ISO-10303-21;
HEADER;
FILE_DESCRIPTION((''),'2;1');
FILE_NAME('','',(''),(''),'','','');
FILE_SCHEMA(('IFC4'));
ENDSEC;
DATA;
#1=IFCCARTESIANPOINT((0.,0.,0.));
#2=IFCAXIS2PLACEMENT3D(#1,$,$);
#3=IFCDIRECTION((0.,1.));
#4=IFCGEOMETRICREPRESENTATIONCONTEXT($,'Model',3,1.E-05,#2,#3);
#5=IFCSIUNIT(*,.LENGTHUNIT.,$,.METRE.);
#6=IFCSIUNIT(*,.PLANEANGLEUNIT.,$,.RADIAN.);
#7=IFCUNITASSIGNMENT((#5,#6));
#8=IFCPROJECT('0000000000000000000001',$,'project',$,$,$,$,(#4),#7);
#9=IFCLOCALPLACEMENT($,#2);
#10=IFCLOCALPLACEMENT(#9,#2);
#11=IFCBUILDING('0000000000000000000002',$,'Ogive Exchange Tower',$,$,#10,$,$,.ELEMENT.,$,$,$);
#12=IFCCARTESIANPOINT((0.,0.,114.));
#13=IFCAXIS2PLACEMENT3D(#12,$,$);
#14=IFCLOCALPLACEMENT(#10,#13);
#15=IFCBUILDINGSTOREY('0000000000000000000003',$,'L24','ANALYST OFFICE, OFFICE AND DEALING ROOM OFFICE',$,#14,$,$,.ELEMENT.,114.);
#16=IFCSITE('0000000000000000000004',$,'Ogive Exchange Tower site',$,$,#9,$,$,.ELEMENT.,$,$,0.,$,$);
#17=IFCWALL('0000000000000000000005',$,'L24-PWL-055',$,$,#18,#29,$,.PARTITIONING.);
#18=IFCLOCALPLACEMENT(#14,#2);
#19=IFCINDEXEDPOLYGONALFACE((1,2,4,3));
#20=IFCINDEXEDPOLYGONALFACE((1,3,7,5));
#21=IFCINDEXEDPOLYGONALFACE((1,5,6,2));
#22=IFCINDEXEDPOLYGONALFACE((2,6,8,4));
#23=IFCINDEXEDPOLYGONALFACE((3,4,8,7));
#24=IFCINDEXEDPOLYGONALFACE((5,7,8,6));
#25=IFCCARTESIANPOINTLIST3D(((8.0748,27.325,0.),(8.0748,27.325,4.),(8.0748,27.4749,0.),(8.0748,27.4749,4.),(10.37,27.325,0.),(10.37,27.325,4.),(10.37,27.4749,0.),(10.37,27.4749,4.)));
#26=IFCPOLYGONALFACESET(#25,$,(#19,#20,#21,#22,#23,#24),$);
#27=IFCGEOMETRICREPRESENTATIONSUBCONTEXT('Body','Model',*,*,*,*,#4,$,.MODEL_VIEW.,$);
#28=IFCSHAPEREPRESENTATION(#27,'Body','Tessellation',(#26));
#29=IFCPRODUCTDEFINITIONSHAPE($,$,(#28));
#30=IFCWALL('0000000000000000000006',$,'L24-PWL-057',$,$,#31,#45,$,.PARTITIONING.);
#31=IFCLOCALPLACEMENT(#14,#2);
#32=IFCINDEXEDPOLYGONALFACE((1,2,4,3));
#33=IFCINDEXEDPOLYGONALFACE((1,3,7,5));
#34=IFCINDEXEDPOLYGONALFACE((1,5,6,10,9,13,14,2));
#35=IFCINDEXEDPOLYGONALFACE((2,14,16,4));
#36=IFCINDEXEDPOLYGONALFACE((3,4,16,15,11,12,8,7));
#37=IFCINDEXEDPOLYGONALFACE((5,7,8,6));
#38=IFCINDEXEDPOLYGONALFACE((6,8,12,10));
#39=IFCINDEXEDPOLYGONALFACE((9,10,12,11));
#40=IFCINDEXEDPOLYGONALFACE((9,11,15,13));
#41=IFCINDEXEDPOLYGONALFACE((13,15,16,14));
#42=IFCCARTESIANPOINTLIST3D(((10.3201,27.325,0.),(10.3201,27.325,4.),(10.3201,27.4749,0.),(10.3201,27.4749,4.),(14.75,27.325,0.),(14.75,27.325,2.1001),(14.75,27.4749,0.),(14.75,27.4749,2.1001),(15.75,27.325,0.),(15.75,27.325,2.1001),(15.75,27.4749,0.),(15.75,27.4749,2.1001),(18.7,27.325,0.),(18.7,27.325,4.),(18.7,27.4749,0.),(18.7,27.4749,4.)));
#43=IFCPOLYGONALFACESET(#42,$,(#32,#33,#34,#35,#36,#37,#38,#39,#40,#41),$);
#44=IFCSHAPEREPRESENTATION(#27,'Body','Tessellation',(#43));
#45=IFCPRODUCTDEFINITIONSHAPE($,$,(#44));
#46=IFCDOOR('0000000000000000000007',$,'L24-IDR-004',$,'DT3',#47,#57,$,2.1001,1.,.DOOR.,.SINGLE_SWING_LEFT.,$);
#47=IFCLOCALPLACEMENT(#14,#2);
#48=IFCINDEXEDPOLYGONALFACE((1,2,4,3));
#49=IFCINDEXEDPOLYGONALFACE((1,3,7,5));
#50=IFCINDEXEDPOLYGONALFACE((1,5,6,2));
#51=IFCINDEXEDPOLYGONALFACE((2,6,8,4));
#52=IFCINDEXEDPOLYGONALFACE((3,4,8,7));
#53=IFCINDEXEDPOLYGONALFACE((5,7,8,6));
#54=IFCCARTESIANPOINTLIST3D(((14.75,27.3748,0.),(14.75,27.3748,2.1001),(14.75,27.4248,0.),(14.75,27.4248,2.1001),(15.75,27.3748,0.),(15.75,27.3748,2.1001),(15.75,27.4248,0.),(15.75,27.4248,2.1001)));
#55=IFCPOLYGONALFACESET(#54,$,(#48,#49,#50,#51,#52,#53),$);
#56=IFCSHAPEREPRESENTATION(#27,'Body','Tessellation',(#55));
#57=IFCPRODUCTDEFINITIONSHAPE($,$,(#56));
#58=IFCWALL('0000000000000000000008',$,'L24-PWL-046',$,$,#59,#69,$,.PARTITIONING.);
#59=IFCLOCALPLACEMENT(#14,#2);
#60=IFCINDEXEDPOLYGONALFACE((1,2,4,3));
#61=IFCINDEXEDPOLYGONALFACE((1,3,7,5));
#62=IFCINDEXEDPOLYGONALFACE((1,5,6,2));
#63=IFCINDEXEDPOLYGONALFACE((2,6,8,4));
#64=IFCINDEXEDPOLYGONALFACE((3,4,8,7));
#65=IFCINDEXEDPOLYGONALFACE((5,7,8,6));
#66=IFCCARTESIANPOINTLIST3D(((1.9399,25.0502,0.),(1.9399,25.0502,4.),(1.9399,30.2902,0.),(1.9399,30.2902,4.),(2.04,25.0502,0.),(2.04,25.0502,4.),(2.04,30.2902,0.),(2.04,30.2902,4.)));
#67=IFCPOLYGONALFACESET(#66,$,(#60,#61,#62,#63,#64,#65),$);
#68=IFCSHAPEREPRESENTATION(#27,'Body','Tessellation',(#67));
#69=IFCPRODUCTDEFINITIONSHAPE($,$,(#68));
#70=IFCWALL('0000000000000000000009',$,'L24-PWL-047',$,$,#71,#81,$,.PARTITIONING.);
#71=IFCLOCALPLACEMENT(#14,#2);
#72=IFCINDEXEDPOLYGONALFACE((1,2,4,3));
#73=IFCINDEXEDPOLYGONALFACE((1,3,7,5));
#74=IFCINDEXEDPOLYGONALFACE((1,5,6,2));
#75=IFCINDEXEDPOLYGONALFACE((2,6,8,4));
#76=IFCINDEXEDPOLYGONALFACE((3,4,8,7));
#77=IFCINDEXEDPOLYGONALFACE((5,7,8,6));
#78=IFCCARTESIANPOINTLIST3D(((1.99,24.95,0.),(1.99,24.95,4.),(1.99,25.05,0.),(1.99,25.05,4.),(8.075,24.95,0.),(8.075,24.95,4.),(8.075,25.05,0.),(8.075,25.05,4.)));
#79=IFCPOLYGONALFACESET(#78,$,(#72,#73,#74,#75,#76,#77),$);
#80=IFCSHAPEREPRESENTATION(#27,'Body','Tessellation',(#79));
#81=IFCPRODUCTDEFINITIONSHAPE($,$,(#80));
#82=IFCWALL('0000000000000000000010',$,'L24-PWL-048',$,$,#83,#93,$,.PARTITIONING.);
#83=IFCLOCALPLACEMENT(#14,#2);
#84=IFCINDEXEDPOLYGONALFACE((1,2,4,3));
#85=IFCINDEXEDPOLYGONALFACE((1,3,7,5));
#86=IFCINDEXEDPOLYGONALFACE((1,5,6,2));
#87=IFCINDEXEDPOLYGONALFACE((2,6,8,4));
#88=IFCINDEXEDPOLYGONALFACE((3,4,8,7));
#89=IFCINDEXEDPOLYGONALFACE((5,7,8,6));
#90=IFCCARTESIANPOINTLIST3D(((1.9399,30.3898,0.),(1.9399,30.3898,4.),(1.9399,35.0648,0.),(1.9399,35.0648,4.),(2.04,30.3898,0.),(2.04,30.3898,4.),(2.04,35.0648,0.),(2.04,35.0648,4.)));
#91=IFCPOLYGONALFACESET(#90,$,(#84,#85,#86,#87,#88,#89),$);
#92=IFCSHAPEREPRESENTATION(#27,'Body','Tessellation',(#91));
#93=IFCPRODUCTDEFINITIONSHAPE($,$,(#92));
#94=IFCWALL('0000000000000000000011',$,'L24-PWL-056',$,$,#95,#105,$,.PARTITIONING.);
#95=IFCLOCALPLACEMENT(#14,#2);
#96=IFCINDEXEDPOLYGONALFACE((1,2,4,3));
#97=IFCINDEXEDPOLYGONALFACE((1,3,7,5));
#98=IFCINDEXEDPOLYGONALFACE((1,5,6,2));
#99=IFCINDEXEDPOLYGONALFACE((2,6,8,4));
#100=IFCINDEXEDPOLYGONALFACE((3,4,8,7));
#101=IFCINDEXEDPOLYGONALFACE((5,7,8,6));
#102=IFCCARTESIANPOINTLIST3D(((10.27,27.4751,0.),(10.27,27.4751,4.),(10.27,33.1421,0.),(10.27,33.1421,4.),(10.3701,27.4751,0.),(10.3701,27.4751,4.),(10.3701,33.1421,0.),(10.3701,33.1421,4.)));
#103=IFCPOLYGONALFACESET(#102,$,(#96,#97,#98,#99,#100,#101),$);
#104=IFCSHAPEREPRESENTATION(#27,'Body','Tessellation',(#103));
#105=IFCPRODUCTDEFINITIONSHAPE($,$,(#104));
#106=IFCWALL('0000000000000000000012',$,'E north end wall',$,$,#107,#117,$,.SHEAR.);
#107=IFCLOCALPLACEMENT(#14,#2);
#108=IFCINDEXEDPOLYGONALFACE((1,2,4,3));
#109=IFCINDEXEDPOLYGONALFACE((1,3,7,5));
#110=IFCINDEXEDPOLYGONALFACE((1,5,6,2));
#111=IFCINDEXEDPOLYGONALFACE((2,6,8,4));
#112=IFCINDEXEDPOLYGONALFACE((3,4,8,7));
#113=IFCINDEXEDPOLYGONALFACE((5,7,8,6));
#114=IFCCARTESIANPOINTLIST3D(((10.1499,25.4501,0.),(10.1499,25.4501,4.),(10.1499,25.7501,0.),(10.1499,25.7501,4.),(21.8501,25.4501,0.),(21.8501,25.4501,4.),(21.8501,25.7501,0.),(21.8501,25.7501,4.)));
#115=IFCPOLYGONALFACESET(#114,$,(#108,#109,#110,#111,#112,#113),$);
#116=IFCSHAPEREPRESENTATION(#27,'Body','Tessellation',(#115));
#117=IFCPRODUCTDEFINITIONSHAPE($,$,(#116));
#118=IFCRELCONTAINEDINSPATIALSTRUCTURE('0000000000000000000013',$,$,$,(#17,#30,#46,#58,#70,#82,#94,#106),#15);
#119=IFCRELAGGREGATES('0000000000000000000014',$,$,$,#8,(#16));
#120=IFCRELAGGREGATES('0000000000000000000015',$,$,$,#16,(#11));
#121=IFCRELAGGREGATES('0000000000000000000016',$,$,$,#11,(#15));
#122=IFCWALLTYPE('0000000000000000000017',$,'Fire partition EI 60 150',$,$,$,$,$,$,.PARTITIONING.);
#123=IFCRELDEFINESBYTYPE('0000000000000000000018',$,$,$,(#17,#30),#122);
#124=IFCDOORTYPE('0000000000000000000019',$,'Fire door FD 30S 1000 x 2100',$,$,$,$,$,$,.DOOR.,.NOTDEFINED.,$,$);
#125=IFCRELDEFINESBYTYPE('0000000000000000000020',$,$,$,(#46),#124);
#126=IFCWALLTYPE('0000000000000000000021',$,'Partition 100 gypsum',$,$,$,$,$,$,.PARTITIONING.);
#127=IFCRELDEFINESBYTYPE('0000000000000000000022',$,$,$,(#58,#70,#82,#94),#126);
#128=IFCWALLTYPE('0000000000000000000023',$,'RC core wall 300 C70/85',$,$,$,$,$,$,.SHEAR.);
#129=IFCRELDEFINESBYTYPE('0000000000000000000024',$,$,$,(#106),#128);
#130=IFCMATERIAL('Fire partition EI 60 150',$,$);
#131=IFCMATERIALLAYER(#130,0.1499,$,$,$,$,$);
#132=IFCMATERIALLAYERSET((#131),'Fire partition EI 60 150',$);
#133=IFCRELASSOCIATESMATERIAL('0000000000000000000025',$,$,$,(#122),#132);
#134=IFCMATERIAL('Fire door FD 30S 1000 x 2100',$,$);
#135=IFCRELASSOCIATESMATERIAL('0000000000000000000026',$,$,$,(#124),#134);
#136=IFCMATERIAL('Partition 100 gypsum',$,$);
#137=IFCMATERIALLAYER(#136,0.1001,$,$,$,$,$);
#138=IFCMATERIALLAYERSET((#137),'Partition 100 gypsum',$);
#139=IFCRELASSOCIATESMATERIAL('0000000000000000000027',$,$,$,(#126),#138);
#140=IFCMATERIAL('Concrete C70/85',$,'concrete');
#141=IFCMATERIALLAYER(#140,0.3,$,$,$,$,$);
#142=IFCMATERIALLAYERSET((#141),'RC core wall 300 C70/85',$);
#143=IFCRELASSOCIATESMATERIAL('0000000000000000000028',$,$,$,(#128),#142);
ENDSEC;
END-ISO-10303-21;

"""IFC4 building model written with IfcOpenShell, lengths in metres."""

from ifc_helpers import new_model, si_unit, direction, frame, frame_2d, origin, place, context, subcontext, project, spatial, rectangle, extrude, material, layer, layer_set, type_object, element, fill, save


model = new_model("IFC4")

# Units and contexts
model_context = context("Model", 3, precision=1e-05, world=origin(), true_north=direction((0.0, 1.0)))
body_context = subcontext(model_context, "Body", "Model", "MODEL_VIEW")
ifc_project = project(units=[si_unit("LENGTHUNIT", "METRE"), si_unit("PLANEANGLEUNIT", "RADIAN")], contexts=[model_context])

# Site, building, storey
site_placement = place(None, origin())
site = spatial("IfcSite", under=ifc_project, at=site_placement, Name="Ogive Exchange Tower site", CompositionType="ELEMENT", RefElevation=0.0)
building_placement = place(site_placement, origin())
building = spatial("IfcBuilding", under=site, at=building_placement, Name="Ogive Exchange Tower", CompositionType="ELEMENT")
storey_placement = place(building_placement, frame((0.0, 0.0, 114.0)))
storey = spatial("IfcBuildingStorey", under=building, at=storey_placement, Name="L24", Description="ANALYST OFFICE, OFFICE AND DEALING ROOM OFFICE", CompositionType="ELEMENT", Elevation=114.0)

# Shared definitions
ifc_material_1 = material(Name="Fire partition EI 60 150")
ifc_layer_1 = layer(ifc_material_1, 0.1499)
ifc_layer_set_1 = layer_set([ifc_layer_1], Name="Fire partition EI 60 150")
wall_type_1 = type_object("IfcWallType", Name="Fire partition EI 60 150", PredefinedType="PARTITIONING", material=ifc_layer_set_1)
ifc_material_2 = material(Name="Fire door FD 30S 1000 x 2100")
door_type = type_object("IfcDoorType", Name="Fire door FD 30S 1000 x 2100", OperationType="NOTDEFINED", PredefinedType="DOOR", material=ifc_material_2)

# Wall
wall_1_placement = place(storey_placement, frame((8.075, 27.3999, 0.0), z_axis=(0.0, 0.0, 1.0), x_axis=(1.0, 0.0, 0.0)))
element("IfcWall", 1, at=wall_1_placement, inside=storey, type_object=wall_type_1, Name="L24-PWL-055", PredefinedType="PARTITIONING", context=body_context, shape_type="SweptSolid", body=[
    extrude(rectangle(XDim=2.2952, YDim=0.1499, at=frame_2d((1.1475, 0.0))), origin(), (0.0, 0.0, 1.0), 4.0),
])

# Wall, opening, door
wall_2_placement = place(storey_placement, frame((10.3201, 27.3999, 0.0), z_axis=(0.0, 0.0, 1.0), x_axis=(1.0, 0.0, 0.0)))
wall_2 = element("IfcWall", 2, at=wall_2_placement, inside=storey, type_object=wall_type_1, Name="L24-PWL-057", PredefinedType="PARTITIONING", context=body_context, shape_type="SweptSolid", body=[
    extrude(rectangle(XDim=8.3799, YDim=0.1499, at=frame_2d((4.1899, 0.0))), origin(), (0.0, 0.0, 1.0), 4.0),
])
opening_1_placement = place(wall_2_placement, frame((4.4299, 0.0, 0.0)))
opening_1 = element("IfcOpeningElement", 3, at=opening_1_placement, cuts=wall_2, PredefinedType="OPENING", context=body_context, shape_type="SweptSolid", body=[
    extrude(rectangle(XDim=1.0, YDim=2.1001, at=frame_2d((0.5, 1.05))), frame((0.0, 0.085, 0.0), z_axis=(0.0, -1.0, 0.0), x_axis=(1.0, 0.0, 0.0)), (0.0, 0.0, 1.0), 0.1699),
])
door_1_placement = place(opening_1_placement, origin())
door_1 = element("IfcDoor", 4, at=door_1_placement, inside=storey, type_object=door_type, Name="L24-IDR-004", ObjectType="DT3", OperationType="SINGLE_SWING_LEFT", OverallHeight=2.1001, OverallWidth=1.0, PredefinedType="DOOR", context=body_context, shape_type="SweptSolid", body=[
    extrude(rectangle(XDim=1.0, YDim=2.1001, at=frame_2d((0.5, 1.05))), frame((0.0, 0.0249, 0.0), z_axis=(0.0, -1.0, 0.0), x_axis=(1.0, 0.0, 0.0)), (0.0, 0.0, 1.0), 0.05),
])
fill(opening_1, door_1)

# Walls
ifc_material_3 = material(Name="Partition 100 gypsum")
ifc_layer_2 = layer(ifc_material_3, 0.1001)
ifc_layer_set_2 = layer_set([ifc_layer_2], Name="Partition 100 gypsum")
wall_type_2 = type_object("IfcWallType", Name="Partition 100 gypsum", PredefinedType="PARTITIONING", material=ifc_layer_set_2)
wall_3_placement = place(storey_placement, frame((1.99, 25.05, 0.0), z_axis=(0.0, 0.0, 1.0), x_axis=(0.0, 1.0, 0.0)))
element("IfcWall", 5, at=wall_3_placement, inside=storey, type_object=wall_type_2, Name="L24-PWL-046", PredefinedType="PARTITIONING", context=body_context, shape_type="SweptSolid", body=[
    extrude(rectangle(XDim=5.24, YDim=0.1001, at=frame_2d((2.6201, 0.0))), origin(), (0.0, 0.0, 1.0), 4.0),
])
wall_4_placement = place(storey_placement, frame((1.99, 25.0, 0.0), z_axis=(0.0, 0.0, 1.0), x_axis=(1.0, 0.0, 0.0)))
element("IfcWall", 6, at=wall_4_placement, inside=storey, type_object=wall_type_2, Name="L24-PWL-047", PredefinedType="PARTITIONING", context=body_context, shape_type="SweptSolid", body=[
    extrude(rectangle(XDim=6.085, YDim=0.1001, at=frame_2d((3.0425, 0.0))), origin(), (0.0, 0.0, 1.0), 4.0),
])
wall_5_placement = place(storey_placement, frame((1.99, 30.3899, 0.0), z_axis=(0.0, 0.0, 1.0), x_axis=(0.0, 1.0, 0.0)))
element("IfcWall", 7, at=wall_5_placement, inside=storey, type_object=wall_type_2, Name="L24-PWL-048", PredefinedType="PARTITIONING", context=body_context, shape_type="SweptSolid", body=[
    extrude(rectangle(XDim=4.675, YDim=0.1001, at=frame_2d((2.3374, 0.0))), origin(), (0.0, 0.0, 1.0), 4.0),
])
wall_6_placement = place(storey_placement, frame((10.3201, 27.4751, 0.0), z_axis=(0.0, 0.0, 1.0), x_axis=(0.0, 1.0, 0.0)))
element("IfcWall", 8, at=wall_6_placement, inside=storey, type_object=wall_type_2, Name="L24-PWL-056", PredefinedType="PARTITIONING", context=body_context, shape_type="SweptSolid", body=[
    extrude(rectangle(XDim=5.667, YDim=0.1001, at=frame_2d((2.8335, 0.0))), origin(), (0.0, 0.0, 1.0), 4.0),
])
ifc_material_4 = material(Name="Concrete C70/85", Category="concrete")
ifc_layer_3 = layer(ifc_material_4, 0.3)
ifc_layer_set_3 = layer_set([ifc_layer_3], Name="RC core wall 300 C70/85")
wall_type_3 = type_object("IfcWallType", Name="RC core wall 300 C70/85", PredefinedType="SHEAR", material=ifc_layer_set_3)
wall_7_placement = place(storey_placement, frame((10.1499, 25.6001, 0.0), z_axis=(0.0, 0.0, 1.0), x_axis=(1.0, 0.0, 0.0)))
element("IfcWall", 9, at=wall_7_placement, inside=storey, type_object=wall_type_3, Name="E north end wall", PredefinedType="SHEAR", context=body_context, shape_type="SweptSolid", body=[
    extrude(rectangle(XDim=11.7002, YDim=0.3, at=frame_2d((5.8501, 0.0))), origin(), (0.0, 0.0, 1.0), 4.0),
])

save(model, "model.ifc")
